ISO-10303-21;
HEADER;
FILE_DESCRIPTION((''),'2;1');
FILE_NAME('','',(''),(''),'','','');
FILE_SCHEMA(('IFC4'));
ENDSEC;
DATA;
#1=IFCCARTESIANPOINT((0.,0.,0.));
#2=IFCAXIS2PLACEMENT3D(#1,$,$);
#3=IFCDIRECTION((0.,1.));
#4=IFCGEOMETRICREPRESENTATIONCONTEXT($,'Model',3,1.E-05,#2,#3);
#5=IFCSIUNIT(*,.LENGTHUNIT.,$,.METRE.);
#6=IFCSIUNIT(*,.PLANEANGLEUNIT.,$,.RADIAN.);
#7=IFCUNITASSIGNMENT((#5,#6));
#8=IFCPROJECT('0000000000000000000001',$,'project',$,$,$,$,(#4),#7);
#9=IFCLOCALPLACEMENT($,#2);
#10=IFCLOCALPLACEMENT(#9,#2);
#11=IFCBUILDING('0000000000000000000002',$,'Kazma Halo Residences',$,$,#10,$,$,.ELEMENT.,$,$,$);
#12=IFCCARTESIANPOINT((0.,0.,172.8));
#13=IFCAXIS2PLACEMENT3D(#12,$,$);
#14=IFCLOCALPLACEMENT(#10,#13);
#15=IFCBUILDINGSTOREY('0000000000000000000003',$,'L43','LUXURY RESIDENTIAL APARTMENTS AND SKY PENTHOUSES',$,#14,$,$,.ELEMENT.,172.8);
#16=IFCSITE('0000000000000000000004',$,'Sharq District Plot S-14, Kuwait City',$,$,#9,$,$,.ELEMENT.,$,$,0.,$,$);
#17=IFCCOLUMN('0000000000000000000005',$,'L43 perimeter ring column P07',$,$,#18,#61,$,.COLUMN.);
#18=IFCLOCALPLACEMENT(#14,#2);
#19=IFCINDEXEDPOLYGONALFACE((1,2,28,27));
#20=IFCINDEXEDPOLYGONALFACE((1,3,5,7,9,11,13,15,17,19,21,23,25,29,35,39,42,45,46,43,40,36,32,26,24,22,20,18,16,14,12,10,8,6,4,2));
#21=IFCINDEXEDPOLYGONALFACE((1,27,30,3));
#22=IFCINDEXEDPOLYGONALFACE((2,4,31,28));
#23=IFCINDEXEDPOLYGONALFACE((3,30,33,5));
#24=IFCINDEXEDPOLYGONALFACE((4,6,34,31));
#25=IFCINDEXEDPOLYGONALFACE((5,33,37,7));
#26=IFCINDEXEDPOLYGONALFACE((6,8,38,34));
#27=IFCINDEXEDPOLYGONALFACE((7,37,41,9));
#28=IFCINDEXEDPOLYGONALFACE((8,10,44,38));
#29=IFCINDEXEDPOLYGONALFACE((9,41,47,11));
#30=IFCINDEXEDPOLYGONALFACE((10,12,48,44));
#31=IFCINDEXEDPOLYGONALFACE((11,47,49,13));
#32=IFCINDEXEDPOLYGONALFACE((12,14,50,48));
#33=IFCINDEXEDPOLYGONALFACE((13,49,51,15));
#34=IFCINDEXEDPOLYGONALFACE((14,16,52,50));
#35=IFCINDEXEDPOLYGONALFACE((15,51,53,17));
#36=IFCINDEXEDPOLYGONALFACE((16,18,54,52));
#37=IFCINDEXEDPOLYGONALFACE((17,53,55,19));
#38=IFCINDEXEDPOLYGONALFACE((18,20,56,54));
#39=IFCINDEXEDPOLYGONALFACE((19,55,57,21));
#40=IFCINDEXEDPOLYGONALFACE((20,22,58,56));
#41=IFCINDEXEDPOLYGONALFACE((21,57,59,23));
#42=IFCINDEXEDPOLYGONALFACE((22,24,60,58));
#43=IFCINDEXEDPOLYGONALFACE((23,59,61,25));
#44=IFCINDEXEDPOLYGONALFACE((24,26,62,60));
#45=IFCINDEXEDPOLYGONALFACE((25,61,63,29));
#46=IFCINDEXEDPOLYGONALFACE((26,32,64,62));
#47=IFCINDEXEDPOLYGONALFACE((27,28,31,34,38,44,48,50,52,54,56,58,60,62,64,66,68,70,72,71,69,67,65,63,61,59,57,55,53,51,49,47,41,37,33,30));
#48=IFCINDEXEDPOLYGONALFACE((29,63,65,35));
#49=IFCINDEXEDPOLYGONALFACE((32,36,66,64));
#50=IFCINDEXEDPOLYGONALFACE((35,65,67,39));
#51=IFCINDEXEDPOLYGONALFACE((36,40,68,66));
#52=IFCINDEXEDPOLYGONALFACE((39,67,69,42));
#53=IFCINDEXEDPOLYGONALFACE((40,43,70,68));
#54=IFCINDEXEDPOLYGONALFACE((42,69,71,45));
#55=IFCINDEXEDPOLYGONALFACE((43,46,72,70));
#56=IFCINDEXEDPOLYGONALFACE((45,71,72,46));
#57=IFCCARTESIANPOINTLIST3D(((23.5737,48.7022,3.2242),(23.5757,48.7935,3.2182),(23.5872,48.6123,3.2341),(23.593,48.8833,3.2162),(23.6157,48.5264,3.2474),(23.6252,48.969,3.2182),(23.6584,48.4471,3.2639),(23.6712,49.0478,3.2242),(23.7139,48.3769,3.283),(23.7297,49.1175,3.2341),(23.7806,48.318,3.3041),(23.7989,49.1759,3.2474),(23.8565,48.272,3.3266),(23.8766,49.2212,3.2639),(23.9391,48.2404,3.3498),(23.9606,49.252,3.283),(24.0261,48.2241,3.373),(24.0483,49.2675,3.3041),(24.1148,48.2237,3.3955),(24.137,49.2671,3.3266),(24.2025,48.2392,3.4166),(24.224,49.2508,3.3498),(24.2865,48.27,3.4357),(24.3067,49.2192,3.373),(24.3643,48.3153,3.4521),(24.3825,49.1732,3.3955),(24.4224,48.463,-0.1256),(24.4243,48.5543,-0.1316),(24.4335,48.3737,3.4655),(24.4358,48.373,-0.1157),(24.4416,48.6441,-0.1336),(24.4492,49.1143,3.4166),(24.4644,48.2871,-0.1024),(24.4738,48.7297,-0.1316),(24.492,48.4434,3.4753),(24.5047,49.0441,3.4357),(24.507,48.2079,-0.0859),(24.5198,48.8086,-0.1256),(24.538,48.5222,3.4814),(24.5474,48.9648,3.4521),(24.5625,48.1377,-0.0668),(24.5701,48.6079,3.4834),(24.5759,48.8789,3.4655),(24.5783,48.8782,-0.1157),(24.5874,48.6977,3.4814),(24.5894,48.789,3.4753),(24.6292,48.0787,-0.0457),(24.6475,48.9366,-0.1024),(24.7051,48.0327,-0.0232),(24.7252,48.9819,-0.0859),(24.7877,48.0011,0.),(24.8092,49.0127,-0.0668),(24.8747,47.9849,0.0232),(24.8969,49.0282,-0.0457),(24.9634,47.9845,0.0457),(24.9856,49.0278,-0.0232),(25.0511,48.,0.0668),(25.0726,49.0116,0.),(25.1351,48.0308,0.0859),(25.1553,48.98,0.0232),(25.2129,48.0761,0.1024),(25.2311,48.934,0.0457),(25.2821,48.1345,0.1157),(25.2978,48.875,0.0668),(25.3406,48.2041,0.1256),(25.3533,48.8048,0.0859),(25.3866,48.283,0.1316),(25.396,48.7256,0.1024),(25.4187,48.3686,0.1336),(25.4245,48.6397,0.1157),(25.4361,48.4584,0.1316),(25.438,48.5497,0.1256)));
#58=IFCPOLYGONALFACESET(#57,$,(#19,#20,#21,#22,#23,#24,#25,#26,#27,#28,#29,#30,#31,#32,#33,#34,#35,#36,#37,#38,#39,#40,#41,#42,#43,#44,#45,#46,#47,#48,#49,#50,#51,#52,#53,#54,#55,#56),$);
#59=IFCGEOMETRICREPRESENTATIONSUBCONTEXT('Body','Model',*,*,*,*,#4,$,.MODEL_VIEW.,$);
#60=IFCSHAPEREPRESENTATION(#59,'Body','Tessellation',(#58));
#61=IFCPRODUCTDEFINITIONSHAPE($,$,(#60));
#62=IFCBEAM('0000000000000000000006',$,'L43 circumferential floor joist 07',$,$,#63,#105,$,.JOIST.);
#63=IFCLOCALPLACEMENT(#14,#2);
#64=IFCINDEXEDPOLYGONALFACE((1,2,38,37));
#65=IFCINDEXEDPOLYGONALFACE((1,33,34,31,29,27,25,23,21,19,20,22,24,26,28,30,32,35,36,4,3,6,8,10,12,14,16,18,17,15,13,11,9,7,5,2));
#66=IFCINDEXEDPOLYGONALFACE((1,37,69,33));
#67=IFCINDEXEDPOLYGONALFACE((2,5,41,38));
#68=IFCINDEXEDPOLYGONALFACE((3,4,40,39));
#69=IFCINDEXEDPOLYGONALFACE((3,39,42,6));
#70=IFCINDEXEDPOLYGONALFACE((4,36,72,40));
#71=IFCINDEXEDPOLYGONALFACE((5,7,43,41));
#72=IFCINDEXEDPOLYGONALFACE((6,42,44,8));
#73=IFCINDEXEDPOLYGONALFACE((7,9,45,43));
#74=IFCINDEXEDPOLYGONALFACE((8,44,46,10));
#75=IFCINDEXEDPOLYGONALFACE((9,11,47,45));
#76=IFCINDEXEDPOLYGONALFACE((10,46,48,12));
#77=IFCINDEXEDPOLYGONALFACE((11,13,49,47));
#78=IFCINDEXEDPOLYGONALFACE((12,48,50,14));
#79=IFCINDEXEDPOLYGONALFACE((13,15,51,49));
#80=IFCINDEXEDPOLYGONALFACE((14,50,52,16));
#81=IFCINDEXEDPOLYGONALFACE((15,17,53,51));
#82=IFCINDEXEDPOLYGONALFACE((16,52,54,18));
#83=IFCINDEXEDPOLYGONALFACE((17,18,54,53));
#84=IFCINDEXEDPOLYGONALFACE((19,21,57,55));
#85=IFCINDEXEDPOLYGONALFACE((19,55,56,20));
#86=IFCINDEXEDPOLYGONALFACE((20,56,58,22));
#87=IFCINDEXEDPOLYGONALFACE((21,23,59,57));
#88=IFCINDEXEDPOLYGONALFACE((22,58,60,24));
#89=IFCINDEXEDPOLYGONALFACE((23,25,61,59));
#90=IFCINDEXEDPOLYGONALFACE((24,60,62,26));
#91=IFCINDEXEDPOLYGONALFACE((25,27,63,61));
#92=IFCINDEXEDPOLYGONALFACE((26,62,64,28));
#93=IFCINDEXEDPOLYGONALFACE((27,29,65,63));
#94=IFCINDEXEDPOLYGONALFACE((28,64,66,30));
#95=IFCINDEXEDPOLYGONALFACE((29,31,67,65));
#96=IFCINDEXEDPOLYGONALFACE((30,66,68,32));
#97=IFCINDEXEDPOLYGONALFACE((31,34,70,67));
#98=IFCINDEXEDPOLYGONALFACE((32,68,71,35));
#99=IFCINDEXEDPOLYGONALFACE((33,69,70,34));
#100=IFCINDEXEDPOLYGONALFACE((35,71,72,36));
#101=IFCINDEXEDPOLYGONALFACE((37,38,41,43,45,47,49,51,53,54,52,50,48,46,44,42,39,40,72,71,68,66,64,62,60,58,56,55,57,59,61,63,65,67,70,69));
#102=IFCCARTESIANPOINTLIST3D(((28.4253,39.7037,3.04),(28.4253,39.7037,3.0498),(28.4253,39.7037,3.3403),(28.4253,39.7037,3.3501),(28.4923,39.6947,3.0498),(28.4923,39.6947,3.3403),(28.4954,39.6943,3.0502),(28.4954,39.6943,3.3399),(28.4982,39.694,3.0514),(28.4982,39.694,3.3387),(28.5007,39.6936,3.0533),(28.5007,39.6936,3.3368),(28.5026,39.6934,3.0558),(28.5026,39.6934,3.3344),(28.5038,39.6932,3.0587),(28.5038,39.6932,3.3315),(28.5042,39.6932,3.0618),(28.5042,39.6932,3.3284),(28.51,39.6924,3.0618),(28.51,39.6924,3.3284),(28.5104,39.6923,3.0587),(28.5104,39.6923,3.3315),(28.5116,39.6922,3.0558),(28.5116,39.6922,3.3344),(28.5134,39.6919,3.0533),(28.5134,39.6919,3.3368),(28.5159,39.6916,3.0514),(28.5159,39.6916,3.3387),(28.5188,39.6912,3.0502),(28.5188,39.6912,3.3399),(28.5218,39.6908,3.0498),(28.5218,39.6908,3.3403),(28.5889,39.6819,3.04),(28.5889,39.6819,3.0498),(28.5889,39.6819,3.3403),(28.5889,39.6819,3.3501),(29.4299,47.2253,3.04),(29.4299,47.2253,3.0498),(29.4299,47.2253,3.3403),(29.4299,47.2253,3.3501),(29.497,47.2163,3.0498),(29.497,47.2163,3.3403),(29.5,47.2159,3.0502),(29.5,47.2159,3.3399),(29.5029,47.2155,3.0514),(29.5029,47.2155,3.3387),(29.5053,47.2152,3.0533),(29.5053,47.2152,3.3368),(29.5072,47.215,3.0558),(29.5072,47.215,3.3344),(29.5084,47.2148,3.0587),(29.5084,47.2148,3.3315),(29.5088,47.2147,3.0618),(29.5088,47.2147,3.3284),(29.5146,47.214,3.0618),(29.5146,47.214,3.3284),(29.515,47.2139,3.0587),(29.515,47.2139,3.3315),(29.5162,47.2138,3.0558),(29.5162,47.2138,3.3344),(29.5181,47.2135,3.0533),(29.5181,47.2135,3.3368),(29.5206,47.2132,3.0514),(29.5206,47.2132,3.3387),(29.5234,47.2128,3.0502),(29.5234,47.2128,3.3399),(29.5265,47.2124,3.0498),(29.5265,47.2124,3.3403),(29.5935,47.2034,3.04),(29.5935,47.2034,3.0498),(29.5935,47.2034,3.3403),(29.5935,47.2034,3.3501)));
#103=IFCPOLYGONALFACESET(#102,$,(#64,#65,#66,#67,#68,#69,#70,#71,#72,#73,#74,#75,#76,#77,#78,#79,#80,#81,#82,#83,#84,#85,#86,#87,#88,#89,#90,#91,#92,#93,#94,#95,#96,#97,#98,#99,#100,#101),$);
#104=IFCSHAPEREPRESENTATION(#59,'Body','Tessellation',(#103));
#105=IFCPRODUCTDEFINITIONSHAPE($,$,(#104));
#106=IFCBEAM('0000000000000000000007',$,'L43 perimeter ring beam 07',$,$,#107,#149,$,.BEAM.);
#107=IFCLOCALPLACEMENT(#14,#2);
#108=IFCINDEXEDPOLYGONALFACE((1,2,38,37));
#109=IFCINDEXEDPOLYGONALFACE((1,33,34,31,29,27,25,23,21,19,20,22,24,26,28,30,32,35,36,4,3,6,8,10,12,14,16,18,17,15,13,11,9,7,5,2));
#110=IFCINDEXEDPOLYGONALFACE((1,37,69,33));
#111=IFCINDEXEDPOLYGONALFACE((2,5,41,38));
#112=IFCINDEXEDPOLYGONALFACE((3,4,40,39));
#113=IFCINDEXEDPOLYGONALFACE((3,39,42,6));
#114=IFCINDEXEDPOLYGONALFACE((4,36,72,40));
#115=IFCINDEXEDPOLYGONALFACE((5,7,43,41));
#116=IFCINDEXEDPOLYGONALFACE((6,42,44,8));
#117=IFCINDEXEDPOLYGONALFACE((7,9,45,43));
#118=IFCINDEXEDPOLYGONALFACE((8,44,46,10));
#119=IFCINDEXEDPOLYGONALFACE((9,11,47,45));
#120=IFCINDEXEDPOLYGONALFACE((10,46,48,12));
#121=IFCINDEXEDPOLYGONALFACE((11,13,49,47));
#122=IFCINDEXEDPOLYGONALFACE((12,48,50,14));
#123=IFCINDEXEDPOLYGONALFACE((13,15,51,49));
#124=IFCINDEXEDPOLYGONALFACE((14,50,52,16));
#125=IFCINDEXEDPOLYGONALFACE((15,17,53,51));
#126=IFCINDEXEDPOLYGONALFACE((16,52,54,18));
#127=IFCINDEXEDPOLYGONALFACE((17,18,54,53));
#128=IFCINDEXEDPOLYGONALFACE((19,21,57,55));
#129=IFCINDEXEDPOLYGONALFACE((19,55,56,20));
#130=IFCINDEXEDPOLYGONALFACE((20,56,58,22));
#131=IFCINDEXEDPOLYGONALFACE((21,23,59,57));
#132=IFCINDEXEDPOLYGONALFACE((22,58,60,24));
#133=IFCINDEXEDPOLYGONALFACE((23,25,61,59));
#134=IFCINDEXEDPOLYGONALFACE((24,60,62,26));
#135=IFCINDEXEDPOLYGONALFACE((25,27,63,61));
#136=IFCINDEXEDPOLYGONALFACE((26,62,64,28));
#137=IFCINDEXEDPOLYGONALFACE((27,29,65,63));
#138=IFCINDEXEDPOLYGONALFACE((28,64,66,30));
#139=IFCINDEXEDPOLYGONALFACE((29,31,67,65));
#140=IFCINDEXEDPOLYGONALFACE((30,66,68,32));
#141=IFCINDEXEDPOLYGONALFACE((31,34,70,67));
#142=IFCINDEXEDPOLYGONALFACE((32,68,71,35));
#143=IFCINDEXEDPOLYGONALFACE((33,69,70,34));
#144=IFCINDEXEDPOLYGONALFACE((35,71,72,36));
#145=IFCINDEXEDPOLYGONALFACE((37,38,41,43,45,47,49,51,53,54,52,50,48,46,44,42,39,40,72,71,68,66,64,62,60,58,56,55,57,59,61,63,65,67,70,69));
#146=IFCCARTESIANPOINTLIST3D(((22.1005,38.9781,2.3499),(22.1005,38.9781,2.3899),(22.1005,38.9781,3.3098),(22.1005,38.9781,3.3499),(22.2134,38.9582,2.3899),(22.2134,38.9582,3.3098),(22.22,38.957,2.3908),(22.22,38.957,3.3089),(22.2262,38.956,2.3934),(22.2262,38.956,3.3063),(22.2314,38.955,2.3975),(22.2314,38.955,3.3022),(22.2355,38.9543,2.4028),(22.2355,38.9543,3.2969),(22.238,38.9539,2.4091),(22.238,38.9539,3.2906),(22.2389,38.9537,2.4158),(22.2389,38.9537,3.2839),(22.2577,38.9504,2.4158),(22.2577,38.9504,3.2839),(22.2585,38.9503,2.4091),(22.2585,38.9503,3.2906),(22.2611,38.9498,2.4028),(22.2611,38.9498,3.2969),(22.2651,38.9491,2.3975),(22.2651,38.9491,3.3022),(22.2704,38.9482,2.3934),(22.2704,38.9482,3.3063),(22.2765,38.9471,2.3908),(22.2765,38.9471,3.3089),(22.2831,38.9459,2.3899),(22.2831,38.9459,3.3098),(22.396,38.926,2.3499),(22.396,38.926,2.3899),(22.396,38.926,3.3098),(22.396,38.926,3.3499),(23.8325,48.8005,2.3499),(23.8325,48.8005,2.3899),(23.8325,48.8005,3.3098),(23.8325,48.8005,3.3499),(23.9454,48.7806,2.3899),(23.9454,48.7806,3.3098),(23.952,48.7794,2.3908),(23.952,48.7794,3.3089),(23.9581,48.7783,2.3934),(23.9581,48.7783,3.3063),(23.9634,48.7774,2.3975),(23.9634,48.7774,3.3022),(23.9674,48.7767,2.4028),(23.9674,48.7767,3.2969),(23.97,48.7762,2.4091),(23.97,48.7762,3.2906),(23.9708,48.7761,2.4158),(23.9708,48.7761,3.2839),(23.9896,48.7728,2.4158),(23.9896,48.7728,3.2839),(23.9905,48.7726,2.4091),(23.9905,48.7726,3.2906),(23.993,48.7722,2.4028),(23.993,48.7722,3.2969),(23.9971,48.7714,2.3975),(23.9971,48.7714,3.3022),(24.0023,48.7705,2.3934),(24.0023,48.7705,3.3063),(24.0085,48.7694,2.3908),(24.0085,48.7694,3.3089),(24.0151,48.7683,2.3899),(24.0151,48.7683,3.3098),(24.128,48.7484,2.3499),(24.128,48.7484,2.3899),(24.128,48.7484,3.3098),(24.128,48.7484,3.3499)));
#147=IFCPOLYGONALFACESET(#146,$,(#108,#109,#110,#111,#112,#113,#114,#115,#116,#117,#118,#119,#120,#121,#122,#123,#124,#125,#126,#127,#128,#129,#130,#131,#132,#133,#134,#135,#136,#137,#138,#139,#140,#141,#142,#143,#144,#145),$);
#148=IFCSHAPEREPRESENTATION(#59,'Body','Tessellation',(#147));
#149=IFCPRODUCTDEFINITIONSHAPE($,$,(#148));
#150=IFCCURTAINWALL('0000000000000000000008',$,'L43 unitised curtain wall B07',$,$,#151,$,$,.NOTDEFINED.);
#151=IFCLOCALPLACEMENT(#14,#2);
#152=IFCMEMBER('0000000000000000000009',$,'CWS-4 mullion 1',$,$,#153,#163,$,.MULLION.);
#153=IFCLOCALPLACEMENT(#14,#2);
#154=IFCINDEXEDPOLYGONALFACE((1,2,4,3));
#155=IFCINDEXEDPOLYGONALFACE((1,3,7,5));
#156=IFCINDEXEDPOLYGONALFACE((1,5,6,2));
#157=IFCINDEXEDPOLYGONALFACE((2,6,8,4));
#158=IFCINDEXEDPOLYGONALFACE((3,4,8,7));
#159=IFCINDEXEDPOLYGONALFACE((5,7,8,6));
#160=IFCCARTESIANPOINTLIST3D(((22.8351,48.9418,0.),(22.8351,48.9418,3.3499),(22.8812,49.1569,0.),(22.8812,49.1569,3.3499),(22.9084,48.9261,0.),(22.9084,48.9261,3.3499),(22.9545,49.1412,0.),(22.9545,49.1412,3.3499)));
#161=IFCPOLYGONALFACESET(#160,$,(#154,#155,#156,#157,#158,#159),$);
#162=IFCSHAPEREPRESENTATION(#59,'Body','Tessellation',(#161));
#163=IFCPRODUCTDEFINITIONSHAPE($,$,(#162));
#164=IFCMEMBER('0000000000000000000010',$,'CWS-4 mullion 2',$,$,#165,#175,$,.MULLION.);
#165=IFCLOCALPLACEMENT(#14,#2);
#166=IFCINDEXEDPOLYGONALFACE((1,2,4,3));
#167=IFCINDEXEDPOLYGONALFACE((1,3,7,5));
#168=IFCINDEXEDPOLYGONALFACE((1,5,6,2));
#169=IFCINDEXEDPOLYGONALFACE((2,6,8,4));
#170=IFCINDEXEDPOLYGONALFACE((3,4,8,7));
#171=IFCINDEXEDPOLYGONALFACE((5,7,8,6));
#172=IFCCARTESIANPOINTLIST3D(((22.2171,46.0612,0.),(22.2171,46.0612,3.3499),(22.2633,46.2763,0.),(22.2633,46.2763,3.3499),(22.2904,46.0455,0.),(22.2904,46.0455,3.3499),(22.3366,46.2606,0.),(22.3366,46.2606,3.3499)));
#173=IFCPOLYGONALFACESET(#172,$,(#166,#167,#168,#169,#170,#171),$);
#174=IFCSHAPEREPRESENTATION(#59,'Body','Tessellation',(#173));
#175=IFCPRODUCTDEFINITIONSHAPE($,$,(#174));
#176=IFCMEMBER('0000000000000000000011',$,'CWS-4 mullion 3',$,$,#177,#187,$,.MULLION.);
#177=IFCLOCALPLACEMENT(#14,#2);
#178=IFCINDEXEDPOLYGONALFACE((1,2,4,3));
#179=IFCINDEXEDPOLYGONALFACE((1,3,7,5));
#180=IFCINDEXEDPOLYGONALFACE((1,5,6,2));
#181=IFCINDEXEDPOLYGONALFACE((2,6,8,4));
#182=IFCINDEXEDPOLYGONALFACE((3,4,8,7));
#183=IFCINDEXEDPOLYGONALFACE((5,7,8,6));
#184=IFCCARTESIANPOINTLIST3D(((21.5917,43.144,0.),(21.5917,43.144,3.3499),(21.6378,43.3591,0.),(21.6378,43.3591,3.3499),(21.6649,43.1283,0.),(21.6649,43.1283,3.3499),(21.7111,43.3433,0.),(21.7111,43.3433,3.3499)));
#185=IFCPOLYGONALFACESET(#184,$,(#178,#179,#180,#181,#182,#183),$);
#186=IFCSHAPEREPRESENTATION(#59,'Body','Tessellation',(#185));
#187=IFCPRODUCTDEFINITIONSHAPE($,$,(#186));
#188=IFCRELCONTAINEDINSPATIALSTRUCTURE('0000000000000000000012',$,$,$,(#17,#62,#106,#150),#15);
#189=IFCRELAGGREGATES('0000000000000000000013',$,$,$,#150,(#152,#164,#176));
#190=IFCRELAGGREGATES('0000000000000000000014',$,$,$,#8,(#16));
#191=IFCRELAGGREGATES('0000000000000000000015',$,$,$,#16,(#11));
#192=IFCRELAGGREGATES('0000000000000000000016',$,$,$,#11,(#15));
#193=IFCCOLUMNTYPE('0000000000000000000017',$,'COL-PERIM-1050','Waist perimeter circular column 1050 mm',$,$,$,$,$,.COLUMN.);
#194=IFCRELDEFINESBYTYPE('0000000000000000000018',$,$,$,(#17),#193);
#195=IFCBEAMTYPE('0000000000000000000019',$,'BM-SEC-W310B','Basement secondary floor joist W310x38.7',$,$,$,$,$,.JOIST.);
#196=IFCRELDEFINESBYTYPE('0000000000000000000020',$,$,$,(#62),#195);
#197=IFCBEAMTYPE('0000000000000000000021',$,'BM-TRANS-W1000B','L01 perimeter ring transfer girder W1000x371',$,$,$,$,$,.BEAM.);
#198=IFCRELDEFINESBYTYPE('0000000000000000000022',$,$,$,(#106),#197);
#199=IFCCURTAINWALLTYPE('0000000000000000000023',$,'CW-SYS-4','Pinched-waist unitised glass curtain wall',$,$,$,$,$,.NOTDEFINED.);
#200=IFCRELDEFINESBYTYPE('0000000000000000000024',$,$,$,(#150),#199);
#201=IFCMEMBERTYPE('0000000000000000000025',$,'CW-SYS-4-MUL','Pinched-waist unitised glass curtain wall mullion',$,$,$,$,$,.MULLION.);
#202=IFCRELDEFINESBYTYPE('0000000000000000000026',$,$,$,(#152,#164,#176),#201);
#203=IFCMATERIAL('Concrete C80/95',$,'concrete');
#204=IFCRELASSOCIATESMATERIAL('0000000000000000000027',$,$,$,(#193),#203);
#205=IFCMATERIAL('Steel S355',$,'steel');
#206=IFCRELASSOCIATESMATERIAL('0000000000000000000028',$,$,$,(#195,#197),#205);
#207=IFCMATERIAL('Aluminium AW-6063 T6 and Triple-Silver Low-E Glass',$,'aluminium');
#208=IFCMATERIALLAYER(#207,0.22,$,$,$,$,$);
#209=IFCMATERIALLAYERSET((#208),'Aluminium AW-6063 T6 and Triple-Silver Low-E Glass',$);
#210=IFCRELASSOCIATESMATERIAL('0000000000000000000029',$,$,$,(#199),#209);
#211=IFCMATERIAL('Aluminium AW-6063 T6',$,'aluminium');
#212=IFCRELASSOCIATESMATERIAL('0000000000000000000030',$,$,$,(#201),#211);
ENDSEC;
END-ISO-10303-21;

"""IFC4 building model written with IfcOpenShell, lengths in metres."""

from ifc_helpers import new_model, si_unit, direction, frame, origin, origin_2d, place, context, subcontext, project, spatial, rectangle, circle, i_section, extrude, material, layer, layer_set, material_profile, profile_set, type_object, element, aggregate, save


model = new_model("IFC4")

# Units and contexts
model_context = context("Model", 3, precision=1e-05, world=origin(), true_north=direction((0.0, 1.0)))
body_context = subcontext(model_context, "Body", "Model", "MODEL_VIEW")
ifc_project = project(units=[si_unit("LENGTHUNIT", "METRE"), si_unit("PLANEANGLEUNIT", "RADIAN")], contexts=[model_context])

# Site, building, storey
site_placement = place(None, origin())
site = spatial("IfcSite", under=ifc_project, at=site_placement, Name="Sharq District Plot S-14, Kuwait City", CompositionType="ELEMENT", RefElevation=0.0)
building_placement = place(site_placement, origin())
building = spatial("IfcBuilding", under=site, at=building_placement, Name="Kazma Halo Residences", CompositionType="ELEMENT")
storey_placement = place(building_placement, frame((0.0, 0.0, 172.8)))
storey = spatial("IfcBuildingStorey", under=building, at=storey_placement, Name="L43", Description="LUXURY RESIDENTIAL APARTMENTS AND SKY PENTHOUSES", CompositionType="ELEMENT", Elevation=172.8)

# Column
ifc_material_1 = material(Name="Concrete C80/95", Category="concrete")
ifc_material_profile_1 = material_profile(ifc_material_1, circle(Radius=0.5249, at=origin_2d()), Name="CIRC1050")
ifc_profile_set_1 = profile_set([ifc_material_profile_1], Name="Concrete C80/95")
column_type = type_object("IfcColumnType", Name="COL-PERIM-1050", Description="Waist perimeter circular column 1050 mm", PredefinedType="COLUMN", material=ifc_profile_set_1)
column_placement = place(storey_placement, frame((24.9302, 48.5063, 0.0), z_axis=(-0.24499, 0.069071, 0.967062), x_axis=(-0.271355, -0.962479, 0.0)))
element("IfcColumn", 1, at=column_placement, inside=storey, type_object=column_type, Name="L43 perimeter ring column P07", PredefinedType="COLUMN", context=body_context, shape_type="SweptSolid", body=[
    extrude(circle(Radius=0.5249, at=origin_2d()), origin(), (0.0, 0.0, 1.0), 3.4639),
])

# Beams
ifc_material_2 = material(Name="Steel S355", Category="steel")
ifc_material_profile_2 = material_profile(ifc_material_2, i_section(OverallWidth=0.165, OverallDepth=0.3101, WebThickness=0.0059, FlangeThickness=0.0098, FilletRadius=0.012, at=origin_2d()), Name="W310x38.7")
ifc_profile_set_2 = profile_set([ifc_material_profile_2], Name="Steel S355")
beam_type_1 = type_object("IfcBeamType", Name="BM-SEC-W310B", Description="Basement secondary floor joist W310x38.7", PredefinedType="JOIST", material=ifc_profile_set_2)
beam_1_placement = place(storey_placement, frame((29.5117, 47.2144, 3.1951), z_axis=(-0.132393, -0.991197, 0.0), x_axis=(0.991197, -0.132393, 0.0)))
element("IfcBeam", 2, at=beam_1_placement, inside=storey, type_object=beam_type_1, Name="L43 circumferential floor joist 07", PredefinedType="JOIST", context=body_context, shape_type="SweptSolid", body=[
    extrude(i_section(OverallWidth=0.165, OverallDepth=0.3101, WebThickness=0.0059, FlangeThickness=0.0098, FilletRadius=0.012, at=origin_2d()), origin(), (0.0, 0.0, 1.0), 7.5884),
])
ifc_material_profile_3 = material_profile(ifc_material_2, i_section(OverallWidth=0.3, OverallDepth=1.0, WebThickness=0.019, FlangeThickness=0.04, FilletRadius=0.0259, at=origin_2d()), Name="W1000x371")
ifc_profile_set_3 = profile_set([ifc_material_profile_3], Name="Steel S355")
beam_type_2 = type_object("IfcBeamType", Name="BM-TRANS-W1000B", Description="L01 perimeter ring transfer girder W1000x371", PredefinedType="BEAM", material=ifc_profile_set_3)
beam_2_placement = place(storey_placement, frame((23.9802, 48.7744, 2.8499), z_axis=(-0.173648, -0.984808, 0.0), x_axis=(0.984808, -0.173648, 0.0)))
element("IfcBeam", 3, at=beam_2_placement, inside=storey, type_object=beam_type_2, Name="L43 perimeter ring beam 07", PredefinedType="BEAM", context=body_context, shape_type="SweptSolid", body=[
    extrude(i_section(OverallWidth=0.3, OverallDepth=1.0, WebThickness=0.019, FlangeThickness=0.04, FilletRadius=0.0259, at=origin_2d()), origin(), (0.0, 0.0, 1.0), 9.9739),
])

# Curtain wall, members
ifc_material_3 = material(Name="Aluminium AW-6063 T6 and Triple-Silver Low-E Glass", Category="aluminium")
ifc_layer_1 = layer(ifc_material_3, 0.22)
ifc_layer_set_1 = layer_set([ifc_layer_1], Name="Aluminium AW-6063 T6 and Triple-Silver Low-E Glass")
curtain_wall_type = type_object("IfcCurtainWallType", Name="CW-SYS-4", Description="Pinched-waist unitised glass curtain wall", PredefinedType="NOTDEFINED", material=ifc_layer_set_1)
curtain_wall_placement = place(storey_placement, origin())
curtain_wall = element("IfcCurtainWall", 4, at=curtain_wall_placement, inside=storey, type_object=curtain_wall_type, Name="L43 unitised curtain wall B07", PredefinedType="NOTDEFINED")
ifc_material_4 = material(Name="Aluminium AW-6063 T6", Category="aluminium")
ifc_material_profile_4 = material_profile(ifc_material_4, rectangle(XDim=0.075, YDim=0.22, at=origin_2d()), Name="CWM-75x220")
ifc_profile_set_4 = profile_set([ifc_material_profile_4], Name="Aluminium AW-6063 T6")
member_type_1 = type_object("IfcMemberType", Name="CW-SYS-4-MUL", Description="Pinched-waist unitised glass curtain wall mullion", PredefinedType="MULLION", material=ifc_profile_set_4)
member_1_placement = place(storey_placement, frame((22.8948, 49.0415, 0.0), z_axis=(0.0, 0.0, 1.0), x_axis=(0.977765, -0.209704, 0.0)))
member_1 = element("IfcMember", 5, at=member_1_placement, type_object=member_type_1, Name="CWS-4 mullion 1", PredefinedType="MULLION", context=body_context, shape_type="SweptSolid", body=[
    extrude(rectangle(XDim=0.075, YDim=0.22, at=origin_2d()), origin(), (0.0, 0.0, 1.0), 3.3499),
])
member_2_placement = place(storey_placement, frame((22.2769, 46.1609, 0.0), z_axis=(0.0, 0.0, 1.0), x_axis=(0.977765, -0.209704, 0.0)))
member_2 = element("IfcMember", 6, at=member_2_placement, type_object=member_type_1, Name="CWS-4 mullion 2", PredefinedType="MULLION", context=body_context, shape_type="SweptSolid", body=[
    extrude(rectangle(XDim=0.075, YDim=0.22, at=origin_2d()), origin(), (0.0, 0.0, 1.0), 3.3499),
])
member_3_placement = place(storey_placement, frame((21.6514, 43.2437, 0.0), z_axis=(0.0, 0.0, 1.0), x_axis=(0.977765, -0.209704, 0.0)))
member_3 = element("IfcMember", 7, at=member_3_placement, type_object=member_type_1, Name="CWS-4 mullion 3", PredefinedType="MULLION", context=body_context, shape_type="SweptSolid", body=[
    extrude(rectangle(XDim=0.075, YDim=0.22, at=origin_2d()), origin(), (0.0, 0.0, 1.0), 3.3499),
])
aggregate(curtain_wall, [member_1, member_2, member_3])

save(model, "model.ifc")
